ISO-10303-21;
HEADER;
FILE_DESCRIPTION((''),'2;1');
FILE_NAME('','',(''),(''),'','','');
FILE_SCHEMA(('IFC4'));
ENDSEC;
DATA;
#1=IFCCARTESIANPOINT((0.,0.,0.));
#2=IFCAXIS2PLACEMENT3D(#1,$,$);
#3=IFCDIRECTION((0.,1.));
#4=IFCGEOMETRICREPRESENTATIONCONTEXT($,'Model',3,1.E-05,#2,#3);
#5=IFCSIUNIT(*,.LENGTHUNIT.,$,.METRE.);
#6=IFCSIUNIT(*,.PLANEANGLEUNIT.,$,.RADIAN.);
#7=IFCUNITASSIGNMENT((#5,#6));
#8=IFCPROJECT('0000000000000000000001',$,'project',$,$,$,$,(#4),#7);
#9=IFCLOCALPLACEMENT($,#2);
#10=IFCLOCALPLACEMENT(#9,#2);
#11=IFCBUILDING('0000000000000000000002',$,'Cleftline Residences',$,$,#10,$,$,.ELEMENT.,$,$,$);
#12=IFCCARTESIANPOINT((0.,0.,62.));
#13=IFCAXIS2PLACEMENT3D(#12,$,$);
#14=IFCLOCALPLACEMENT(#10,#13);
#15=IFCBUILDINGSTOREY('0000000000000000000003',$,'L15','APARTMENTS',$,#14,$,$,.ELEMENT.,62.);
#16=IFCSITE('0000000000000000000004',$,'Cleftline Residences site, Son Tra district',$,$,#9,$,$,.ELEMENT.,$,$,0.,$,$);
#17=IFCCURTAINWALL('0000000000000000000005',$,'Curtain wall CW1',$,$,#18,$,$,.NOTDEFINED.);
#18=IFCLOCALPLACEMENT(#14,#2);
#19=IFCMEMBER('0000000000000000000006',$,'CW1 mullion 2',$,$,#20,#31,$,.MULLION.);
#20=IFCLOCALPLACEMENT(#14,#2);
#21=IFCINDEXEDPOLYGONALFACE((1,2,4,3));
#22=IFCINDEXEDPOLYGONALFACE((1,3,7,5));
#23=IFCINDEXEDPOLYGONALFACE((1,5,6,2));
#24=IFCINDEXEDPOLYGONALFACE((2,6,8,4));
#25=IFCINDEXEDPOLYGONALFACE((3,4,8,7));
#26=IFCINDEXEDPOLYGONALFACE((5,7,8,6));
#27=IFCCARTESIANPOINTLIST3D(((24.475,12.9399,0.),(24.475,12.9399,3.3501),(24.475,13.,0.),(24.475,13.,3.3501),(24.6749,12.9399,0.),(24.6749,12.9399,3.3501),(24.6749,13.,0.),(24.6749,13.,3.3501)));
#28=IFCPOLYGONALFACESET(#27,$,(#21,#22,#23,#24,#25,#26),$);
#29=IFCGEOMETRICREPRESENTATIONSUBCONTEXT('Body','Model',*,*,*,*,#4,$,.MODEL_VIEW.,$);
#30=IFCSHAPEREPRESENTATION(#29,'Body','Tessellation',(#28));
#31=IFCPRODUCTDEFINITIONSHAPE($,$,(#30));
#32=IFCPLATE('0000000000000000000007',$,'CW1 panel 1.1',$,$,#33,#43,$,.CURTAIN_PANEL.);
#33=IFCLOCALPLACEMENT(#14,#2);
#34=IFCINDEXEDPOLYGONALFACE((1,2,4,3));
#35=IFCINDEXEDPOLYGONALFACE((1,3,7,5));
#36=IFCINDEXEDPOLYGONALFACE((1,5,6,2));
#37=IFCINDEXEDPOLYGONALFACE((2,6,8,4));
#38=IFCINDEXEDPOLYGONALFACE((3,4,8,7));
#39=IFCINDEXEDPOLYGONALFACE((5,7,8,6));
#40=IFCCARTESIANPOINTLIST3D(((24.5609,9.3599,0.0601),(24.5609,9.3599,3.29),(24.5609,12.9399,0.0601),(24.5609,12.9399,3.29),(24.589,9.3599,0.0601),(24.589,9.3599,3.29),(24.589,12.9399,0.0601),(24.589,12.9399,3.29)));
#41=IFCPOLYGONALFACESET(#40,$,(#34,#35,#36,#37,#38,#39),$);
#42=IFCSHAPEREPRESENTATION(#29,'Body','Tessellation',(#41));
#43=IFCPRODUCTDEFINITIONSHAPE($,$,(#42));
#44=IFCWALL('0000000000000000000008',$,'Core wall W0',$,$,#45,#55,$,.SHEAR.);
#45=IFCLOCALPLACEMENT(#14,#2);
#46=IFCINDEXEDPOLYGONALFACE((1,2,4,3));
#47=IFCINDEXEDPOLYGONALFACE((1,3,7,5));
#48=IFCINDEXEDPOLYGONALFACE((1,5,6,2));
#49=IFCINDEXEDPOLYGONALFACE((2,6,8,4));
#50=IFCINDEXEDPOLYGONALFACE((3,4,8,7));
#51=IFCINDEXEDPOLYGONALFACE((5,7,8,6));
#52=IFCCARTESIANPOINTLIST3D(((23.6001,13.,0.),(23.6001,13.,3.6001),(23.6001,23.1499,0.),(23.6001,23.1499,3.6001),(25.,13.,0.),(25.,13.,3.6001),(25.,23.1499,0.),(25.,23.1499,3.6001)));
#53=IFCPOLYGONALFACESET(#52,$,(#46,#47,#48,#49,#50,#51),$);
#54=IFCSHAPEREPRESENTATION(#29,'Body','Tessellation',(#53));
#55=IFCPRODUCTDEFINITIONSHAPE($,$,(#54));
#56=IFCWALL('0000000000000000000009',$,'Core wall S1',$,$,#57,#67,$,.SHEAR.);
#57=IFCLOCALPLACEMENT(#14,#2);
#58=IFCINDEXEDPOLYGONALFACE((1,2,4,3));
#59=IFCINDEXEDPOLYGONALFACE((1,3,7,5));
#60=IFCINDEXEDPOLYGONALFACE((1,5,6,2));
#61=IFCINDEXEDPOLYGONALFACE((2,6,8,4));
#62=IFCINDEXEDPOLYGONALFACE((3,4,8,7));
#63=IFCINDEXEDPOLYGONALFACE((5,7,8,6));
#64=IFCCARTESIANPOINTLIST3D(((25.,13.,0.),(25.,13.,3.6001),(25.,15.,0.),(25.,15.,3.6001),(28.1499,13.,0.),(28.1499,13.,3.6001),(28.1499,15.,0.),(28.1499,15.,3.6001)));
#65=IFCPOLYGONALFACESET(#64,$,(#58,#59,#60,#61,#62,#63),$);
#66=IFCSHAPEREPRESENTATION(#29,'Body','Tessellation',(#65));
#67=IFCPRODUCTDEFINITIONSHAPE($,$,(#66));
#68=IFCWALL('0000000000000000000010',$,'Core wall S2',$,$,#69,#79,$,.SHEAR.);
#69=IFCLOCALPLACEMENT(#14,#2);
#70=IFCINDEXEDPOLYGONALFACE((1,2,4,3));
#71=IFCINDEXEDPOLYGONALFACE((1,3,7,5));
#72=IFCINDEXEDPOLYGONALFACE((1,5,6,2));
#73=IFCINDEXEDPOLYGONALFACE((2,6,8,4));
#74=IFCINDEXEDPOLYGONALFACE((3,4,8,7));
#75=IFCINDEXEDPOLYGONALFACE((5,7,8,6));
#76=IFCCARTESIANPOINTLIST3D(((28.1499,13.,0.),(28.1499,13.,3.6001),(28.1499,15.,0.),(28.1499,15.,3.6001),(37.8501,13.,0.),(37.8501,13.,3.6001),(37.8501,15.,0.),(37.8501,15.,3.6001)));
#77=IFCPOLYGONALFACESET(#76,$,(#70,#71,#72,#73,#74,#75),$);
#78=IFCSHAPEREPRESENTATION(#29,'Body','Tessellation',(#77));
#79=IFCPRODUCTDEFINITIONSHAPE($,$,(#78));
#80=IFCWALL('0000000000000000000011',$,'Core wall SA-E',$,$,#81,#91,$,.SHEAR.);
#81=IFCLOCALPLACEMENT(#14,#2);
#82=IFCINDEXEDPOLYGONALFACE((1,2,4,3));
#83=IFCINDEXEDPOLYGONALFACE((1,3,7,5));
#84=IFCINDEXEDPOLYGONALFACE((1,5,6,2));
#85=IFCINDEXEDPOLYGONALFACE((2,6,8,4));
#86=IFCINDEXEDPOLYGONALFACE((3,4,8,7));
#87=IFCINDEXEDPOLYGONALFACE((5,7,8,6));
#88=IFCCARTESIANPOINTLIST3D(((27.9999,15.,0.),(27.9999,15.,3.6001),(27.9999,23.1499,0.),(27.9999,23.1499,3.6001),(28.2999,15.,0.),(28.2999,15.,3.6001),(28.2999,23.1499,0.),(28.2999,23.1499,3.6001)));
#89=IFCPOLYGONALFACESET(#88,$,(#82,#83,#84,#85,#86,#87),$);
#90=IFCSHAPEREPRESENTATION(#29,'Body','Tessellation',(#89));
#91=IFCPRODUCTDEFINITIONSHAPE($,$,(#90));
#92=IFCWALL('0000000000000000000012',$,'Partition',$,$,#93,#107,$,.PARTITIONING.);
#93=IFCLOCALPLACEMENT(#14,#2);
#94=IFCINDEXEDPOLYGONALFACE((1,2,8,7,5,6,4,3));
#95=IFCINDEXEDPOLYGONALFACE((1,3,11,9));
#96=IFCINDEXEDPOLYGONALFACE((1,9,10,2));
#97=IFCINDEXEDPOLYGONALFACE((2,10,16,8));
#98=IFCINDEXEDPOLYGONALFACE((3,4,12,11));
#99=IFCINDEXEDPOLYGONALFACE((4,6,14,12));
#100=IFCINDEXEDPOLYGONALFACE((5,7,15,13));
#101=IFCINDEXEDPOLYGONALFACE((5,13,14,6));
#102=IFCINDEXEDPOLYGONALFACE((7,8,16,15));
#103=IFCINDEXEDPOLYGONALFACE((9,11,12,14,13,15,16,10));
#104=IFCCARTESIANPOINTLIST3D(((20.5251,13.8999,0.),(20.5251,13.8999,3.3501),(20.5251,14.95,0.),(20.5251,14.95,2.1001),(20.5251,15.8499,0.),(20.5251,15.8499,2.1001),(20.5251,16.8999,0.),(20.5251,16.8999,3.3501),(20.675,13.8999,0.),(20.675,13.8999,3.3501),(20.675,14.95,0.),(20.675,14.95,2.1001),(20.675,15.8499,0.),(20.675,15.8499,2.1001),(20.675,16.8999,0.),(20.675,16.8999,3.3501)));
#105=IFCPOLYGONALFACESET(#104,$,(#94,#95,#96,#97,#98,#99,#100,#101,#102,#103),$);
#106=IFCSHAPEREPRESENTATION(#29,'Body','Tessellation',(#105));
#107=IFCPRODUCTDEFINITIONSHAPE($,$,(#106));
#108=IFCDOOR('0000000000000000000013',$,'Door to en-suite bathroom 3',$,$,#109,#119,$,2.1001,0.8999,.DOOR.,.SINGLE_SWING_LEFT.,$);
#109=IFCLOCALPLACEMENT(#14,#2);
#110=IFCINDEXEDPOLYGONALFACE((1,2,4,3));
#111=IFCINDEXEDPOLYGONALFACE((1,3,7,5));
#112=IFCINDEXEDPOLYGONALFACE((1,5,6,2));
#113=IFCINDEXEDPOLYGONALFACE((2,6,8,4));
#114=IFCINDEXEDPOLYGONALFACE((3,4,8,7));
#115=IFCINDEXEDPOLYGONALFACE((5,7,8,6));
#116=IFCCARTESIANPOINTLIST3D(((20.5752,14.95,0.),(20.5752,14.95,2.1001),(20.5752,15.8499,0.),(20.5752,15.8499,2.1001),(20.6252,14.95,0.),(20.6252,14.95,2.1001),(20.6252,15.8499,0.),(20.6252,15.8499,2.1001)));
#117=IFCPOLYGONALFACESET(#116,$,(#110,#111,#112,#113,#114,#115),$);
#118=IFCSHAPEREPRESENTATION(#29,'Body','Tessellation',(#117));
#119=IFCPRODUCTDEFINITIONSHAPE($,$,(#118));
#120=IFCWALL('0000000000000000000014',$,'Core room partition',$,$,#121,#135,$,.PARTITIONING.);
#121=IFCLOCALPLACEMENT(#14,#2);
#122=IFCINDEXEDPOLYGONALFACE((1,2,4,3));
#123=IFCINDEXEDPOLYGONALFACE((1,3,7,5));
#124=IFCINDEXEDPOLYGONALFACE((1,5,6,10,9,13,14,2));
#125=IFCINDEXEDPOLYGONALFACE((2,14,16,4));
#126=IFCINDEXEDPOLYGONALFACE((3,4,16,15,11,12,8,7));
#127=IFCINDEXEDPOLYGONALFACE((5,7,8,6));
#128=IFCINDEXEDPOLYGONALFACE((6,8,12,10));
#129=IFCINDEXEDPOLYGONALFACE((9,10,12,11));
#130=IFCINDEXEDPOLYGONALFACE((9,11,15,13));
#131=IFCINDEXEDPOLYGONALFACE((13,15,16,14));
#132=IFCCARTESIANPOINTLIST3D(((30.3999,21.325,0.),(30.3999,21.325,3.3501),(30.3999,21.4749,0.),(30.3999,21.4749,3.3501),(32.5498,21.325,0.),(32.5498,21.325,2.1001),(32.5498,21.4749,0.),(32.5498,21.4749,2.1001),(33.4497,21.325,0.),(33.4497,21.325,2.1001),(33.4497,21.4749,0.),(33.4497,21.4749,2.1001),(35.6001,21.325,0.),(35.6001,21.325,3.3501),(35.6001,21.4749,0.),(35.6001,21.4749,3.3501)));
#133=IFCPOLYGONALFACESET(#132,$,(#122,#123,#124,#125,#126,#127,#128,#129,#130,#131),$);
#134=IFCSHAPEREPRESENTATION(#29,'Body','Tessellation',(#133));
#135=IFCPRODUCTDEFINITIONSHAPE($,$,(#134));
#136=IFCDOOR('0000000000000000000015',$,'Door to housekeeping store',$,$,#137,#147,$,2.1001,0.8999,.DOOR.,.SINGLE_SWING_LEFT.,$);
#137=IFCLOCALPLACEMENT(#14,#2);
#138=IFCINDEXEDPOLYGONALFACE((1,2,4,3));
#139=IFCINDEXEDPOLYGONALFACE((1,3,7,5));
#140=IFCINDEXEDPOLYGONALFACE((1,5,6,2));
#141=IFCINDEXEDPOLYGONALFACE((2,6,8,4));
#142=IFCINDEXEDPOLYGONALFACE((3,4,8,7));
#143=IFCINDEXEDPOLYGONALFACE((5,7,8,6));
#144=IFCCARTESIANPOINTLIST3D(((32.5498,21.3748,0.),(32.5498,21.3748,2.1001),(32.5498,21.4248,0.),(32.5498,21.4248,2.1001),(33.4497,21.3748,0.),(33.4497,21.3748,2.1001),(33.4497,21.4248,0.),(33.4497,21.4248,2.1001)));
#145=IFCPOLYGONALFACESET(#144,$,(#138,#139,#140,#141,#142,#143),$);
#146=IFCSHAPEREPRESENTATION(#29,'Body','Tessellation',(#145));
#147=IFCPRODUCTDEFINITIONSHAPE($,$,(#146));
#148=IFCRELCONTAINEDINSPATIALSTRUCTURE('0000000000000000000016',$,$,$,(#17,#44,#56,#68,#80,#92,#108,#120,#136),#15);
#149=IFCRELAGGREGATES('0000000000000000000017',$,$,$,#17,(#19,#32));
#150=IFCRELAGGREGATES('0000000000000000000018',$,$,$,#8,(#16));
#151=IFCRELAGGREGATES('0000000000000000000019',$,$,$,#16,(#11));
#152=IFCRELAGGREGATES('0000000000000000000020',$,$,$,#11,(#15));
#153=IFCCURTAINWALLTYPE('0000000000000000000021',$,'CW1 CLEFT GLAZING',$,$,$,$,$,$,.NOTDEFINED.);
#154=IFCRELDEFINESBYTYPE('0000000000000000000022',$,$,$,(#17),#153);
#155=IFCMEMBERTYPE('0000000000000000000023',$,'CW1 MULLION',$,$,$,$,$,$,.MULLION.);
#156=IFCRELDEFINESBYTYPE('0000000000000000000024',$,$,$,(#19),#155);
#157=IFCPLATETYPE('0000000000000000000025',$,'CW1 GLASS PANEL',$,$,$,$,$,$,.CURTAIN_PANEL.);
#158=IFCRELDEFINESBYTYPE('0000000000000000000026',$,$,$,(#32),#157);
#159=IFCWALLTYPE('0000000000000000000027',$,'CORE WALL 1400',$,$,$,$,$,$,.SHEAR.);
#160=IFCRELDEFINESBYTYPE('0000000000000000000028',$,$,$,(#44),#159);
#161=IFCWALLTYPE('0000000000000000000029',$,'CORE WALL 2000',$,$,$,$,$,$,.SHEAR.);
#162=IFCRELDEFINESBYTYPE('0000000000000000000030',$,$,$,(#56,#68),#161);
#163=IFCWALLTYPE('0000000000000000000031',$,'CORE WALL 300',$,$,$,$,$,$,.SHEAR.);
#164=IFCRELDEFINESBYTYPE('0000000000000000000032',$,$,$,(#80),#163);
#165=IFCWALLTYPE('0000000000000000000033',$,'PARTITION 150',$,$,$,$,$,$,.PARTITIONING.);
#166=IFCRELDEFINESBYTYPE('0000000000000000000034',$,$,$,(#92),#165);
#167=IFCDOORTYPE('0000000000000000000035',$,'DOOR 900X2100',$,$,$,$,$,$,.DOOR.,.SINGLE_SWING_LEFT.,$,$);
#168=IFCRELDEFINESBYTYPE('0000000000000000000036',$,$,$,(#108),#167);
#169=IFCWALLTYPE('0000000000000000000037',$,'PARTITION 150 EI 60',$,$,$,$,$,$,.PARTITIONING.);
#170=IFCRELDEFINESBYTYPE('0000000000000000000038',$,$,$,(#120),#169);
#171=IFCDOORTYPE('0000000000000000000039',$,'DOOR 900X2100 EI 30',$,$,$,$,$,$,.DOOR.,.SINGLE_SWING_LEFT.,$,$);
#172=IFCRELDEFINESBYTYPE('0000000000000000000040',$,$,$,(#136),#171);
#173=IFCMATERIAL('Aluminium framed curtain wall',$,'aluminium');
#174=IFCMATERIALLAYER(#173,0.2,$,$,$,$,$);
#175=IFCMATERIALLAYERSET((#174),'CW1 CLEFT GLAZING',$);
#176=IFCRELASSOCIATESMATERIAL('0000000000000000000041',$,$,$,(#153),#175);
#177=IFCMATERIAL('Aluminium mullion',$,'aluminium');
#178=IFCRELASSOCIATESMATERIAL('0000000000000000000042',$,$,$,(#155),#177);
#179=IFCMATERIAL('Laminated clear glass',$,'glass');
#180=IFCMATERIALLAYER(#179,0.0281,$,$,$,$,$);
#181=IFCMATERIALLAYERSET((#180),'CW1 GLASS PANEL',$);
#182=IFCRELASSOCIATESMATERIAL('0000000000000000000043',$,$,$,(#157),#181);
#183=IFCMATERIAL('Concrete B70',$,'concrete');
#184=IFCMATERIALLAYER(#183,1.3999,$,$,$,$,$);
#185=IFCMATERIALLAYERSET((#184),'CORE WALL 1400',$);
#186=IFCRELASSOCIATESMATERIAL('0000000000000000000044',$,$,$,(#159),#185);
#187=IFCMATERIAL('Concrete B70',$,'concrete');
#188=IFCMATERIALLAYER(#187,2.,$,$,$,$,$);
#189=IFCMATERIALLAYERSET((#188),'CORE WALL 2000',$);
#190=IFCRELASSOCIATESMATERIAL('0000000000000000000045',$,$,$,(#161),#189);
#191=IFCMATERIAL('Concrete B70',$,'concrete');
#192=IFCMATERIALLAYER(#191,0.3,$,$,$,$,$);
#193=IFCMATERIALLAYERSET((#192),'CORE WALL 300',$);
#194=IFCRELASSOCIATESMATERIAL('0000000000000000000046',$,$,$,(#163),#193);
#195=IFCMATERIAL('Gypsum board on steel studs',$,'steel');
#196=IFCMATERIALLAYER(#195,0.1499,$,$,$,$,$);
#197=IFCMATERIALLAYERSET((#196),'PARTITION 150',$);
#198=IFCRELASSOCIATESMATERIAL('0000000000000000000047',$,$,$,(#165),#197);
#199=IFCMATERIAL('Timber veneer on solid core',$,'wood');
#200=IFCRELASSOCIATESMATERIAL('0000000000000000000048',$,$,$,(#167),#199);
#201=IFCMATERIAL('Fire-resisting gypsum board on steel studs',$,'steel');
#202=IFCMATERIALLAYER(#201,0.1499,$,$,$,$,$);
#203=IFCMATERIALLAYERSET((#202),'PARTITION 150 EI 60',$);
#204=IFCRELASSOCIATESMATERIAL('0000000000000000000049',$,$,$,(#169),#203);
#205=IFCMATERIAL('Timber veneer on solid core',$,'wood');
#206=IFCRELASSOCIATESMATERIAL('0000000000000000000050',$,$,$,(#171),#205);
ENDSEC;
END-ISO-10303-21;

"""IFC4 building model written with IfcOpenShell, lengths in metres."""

from ifc_helpers import new_model, si_unit, direction, frame, frame_2d, origin, origin_2d, place, context, subcontext, project, spatial, rectangle, extrude, material, layer, layer_set, material_profile, profile_set, type_object, element, fill, aggregate, save


model = new_model("IFC4")

# Units and contexts
model_context = context("Model", 3, precision=1e-05, world=origin(), true_north=direction((0.0, 1.0)))
body_context = subcontext(model_context, "Body", "Model", "MODEL_VIEW")
ifc_project = project(units=[si_unit("LENGTHUNIT", "METRE"), si_unit("PLANEANGLEUNIT", "RADIAN")], contexts=[model_context])

# Site, building, storey
site_placement = place(None, origin())
site = spatial("IfcSite", under=ifc_project, at=site_placement, Name="Cleftline Residences site, Son Tra district", CompositionType="ELEMENT", RefElevation=0.0)
building_placement = place(site_placement, origin())
building = spatial("IfcBuilding", under=site, at=building_placement, Name="Cleftline Residences", CompositionType="ELEMENT")
storey_placement = place(building_placement, frame((0.0, 0.0, 62.0)))
storey = spatial("IfcBuildingStorey", under=building, at=storey_placement, Name="L15", Description="APARTMENTS", CompositionType="ELEMENT", Elevation=62.0)

# Curtain wall, member, plate
ifc_material_1 = material(Name="Aluminium framed curtain wall", Category="aluminium")
ifc_layer_1 = layer(ifc_material_1, 0.2)
ifc_layer_set_1 = layer_set([ifc_layer_1], Name="CW1 CLEFT GLAZING")
curtain_wall_type = type_object("IfcCurtainWallType", Name="CW1 CLEFT GLAZING", PredefinedType="NOTDEFINED", material=ifc_layer_set_1)
curtain_wall_placement = place(storey_placement, origin())
curtain_wall = element("IfcCurtainWall", 1, at=curtain_wall_placement, inside=storey, type_object=curtain_wall_type, Name="Curtain wall CW1", PredefinedType="NOTDEFINED")
ifc_material_2 = material(Name="Aluminium mullion", Category="aluminium")
ifc_material_profile = material_profile(ifc_material_2, rectangle(XDim=0.2, YDim=0.0601, at=origin_2d()))
ifc_profile_set = profile_set([ifc_material_profile], Name="Aluminium mullion")
member_type = type_object("IfcMemberType", Name="CW1 MULLION", PredefinedType="MULLION", material=ifc_profile_set)
member_placement = place(storey_placement, frame((24.575, 12.97, 0.0), z_axis=(0.0, 0.0, 1.0), x_axis=(-1.0, 0.0, 0.0)))
member = element("IfcMember", 2, at=member_placement, type_object=member_type, Name="CW1 mullion 2", PredefinedType="MULLION", context=body_context, shape_type="SweptSolid", body=[
    extrude(rectangle(XDim=0.2, YDim=0.0601, at=origin_2d()), origin(), (0.0, 0.0, 1.0), 3.3501),
])
ifc_material_3 = material(Name="Laminated clear glass", Category="glass")
ifc_layer_2 = layer(ifc_material_3, 0.0281)
ifc_layer_set_2 = layer_set([ifc_layer_2], Name="CW1 GLASS PANEL")
plate_type = type_object("IfcPlateType", Name="CW1 GLASS PANEL", PredefinedType="CURTAIN_PANEL", material=ifc_layer_set_2)
plate_placement = place(storey_placement, frame((24.575, 11.1499, 0.0601), z_axis=(0.0, 0.0, 1.0), x_axis=(0.0, 1.0, 0.0)))
plate = element("IfcPlate", 3, at=plate_placement, type_object=plate_type, Name="CW1 panel 1.1", PredefinedType="CURTAIN_PANEL", context=body_context, shape_type="SweptSolid", body=[
    extrude(rectangle(XDim=3.5801, YDim=0.0281, at=origin_2d()), origin(), (0.0, 0.0, 1.0), 3.23),
])
aggregate(curtain_wall, [member, plate])

# Walls
ifc_material_4 = material(Name="Concrete B70", Category="concrete")
ifc_layer_3 = layer(ifc_material_4, 1.3999)
ifc_layer_set_3 = layer_set([ifc_layer_3], Name="CORE WALL 1400")
wall_type_1 = type_object("IfcWallType", Name="CORE WALL 1400", PredefinedType="SHEAR", material=ifc_layer_set_3)
wall_1_placement = place(storey_placement, frame((24.3, 13.0, 0.0), z_axis=(0.0, 0.0, 1.0), x_axis=(0.0, 1.0, 0.0)))
element("IfcWall", 4, at=wall_1_placement, inside=storey, type_object=wall_type_1, Name="Core wall W0", PredefinedType="SHEAR", context=body_context, shape_type="SweptSolid", body=[
    extrude(rectangle(XDim=10.1499, YDim=1.3999, at=frame_2d((5.075, 0.0))), origin(), (0.0, 0.0, 1.0), 3.6001),
])
ifc_material_5 = material(Name="Concrete B70", Category="concrete")
ifc_layer_4 = layer(ifc_material_5, 2.0)
ifc_layer_set_4 = layer_set([ifc_layer_4], Name="CORE WALL 2000")
wall_type_2 = type_object("IfcWallType", Name="CORE WALL 2000", PredefinedType="SHEAR", material=ifc_layer_set_4)
wall_2_placement = place(storey_placement, frame((25.0, 14.0, 0.0), z_axis=(0.0, 0.0, 1.0), x_axis=(1.0, 0.0, 0.0)))
element("IfcWall", 5, at=wall_2_placement, inside=storey, type_object=wall_type_2, Name="Core wall S1", PredefinedType="SHEAR", context=body_context, shape_type="SweptSolid", body=[
    extrude(rectangle(XDim=3.1499, YDim=2.0, at=frame_2d((1.575, 0.0))), origin(), (0.0, 0.0, 1.0), 3.6001),
])
wall_3_placement = place(storey_placement, frame((28.1499, 14.0, 0.0), z_axis=(0.0, 0.0, 1.0), x_axis=(1.0, 0.0, 0.0)))
element("IfcWall", 6, at=wall_3_placement, inside=storey, type_object=wall_type_2, Name="Core wall S2", PredefinedType="SHEAR", context=body_context, shape_type="SweptSolid", body=[
    extrude(rectangle(XDim=9.7002, YDim=2.0, at=frame_2d((4.8501, 0.0))), origin(), (0.0, 0.0, 1.0), 3.6001),
])
ifc_material_6 = material(Name="Concrete B70", Category="concrete")
ifc_layer_5 = layer(ifc_material_6, 0.3)
ifc_layer_set_5 = layer_set([ifc_layer_5], Name="CORE WALL 300")
wall_type_3 = type_object("IfcWallType", Name="CORE WALL 300", PredefinedType="SHEAR", material=ifc_layer_set_5)
wall_4_placement = place(storey_placement, frame((28.1499, 15.0, 0.0), z_axis=(0.0, 0.0, 1.0), x_axis=(0.0, 1.0, 0.0)))
element("IfcWall", 7, at=wall_4_placement, inside=storey, type_object=wall_type_3, Name="Core wall SA-E", PredefinedType="SHEAR", context=body_context, shape_type="SweptSolid", body=[
    extrude(rectangle(XDim=8.1499, YDim=0.3, at=frame_2d((4.075, 0.0))), origin(), (0.0, 0.0, 1.0), 3.6001),
])

# Walls, openings, doors
ifc_material_7 = material(Name="Gypsum board on steel studs", Category="steel")
ifc_layer_6 = layer(ifc_material_7, 0.1499)
ifc_layer_set_6 = layer_set([ifc_layer_6], Name="PARTITION 150")
wall_type_4 = type_object("IfcWallType", Name="PARTITION 150", PredefinedType="PARTITIONING", material=ifc_layer_set_6)
wall_5_placement = place(storey_placement, frame((20.6001, 13.8999, 0.0), z_axis=(0.0, 0.0, 1.0), x_axis=(0.0, 1.0, 0.0)))
wall_5 = element("IfcWall", 8, at=wall_5_placement, inside=storey, type_object=wall_type_4, Name="Partition", PredefinedType="PARTITIONING", context=body_context, shape_type="SweptSolid", body=[
    extrude(rectangle(XDim=3.0, YDim=0.1499, at=frame_2d((1.5, 0.0))), origin(), (0.0, 0.0, 1.0), 3.3501),
])
opening_1_placement = place(wall_5_placement, frame((1.05, 0.0, 0.0)))
opening_1 = element("IfcOpeningElement", 9, at=opening_1_placement, cuts=wall_5, PredefinedType="OPENING", context=body_context, shape_type="SweptSolid", body=[
    extrude(rectangle(XDim=0.8999, YDim=2.1001, at=frame_2d((0.45, 1.05))), frame((0.0, 0.085, 0.0), z_axis=(0.0, -1.0, 0.0), x_axis=(1.0, 0.0, 0.0)), (0.0, 0.0, 1.0), 0.1699),
])
ifc_material_8 = material(Name="Timber veneer on solid core", Category="wood")
door_type_1 = type_object("IfcDoorType", Name="DOOR 900X2100", OperationType="SINGLE_SWING_LEFT", PredefinedType="DOOR", material=ifc_material_8)
door_1_placement = place(opening_1_placement, origin())
door_1 = element("IfcDoor", 10, at=door_1_placement, inside=storey, type_object=door_type_1, Name="Door to en-suite bathroom 3", OperationType="SINGLE_SWING_LEFT", OverallHeight=2.1001, OverallWidth=0.8999, PredefinedType="DOOR", context=body_context, shape_type="SweptSolid", body=[
    extrude(rectangle(XDim=0.8999, YDim=2.1001, at=frame_2d((0.45, 1.05))), frame((0.0, 0.0249, 0.0), z_axis=(0.0, -1.0, 0.0), x_axis=(1.0, 0.0, 0.0)), (0.0, 0.0, 1.0), 0.05),
])
fill(opening_1, door_1)
ifc_material_9 = material(Name="Fire-resisting gypsum board on steel studs", Category="steel")
ifc_layer_7 = layer(ifc_material_9, 0.1499)
ifc_layer_set_7 = layer_set([ifc_layer_7], Name="PARTITION 150 EI 60")
wall_type_5 = type_object("IfcWallType", Name="PARTITION 150 EI 60", PredefinedType="PARTITIONING", material=ifc_layer_set_7)
wall_6_placement = place(storey_placement, frame((30.3999, 21.3999, 0.0), z_axis=(0.0, 0.0, 1.0), x_axis=(1.0, 0.0, 0.0)))
wall_6 = element("IfcWall", 11, at=wall_6_placement, inside=storey, type_object=wall_type_5, Name="Core room partition", PredefinedType="PARTITIONING", context=body_context, shape_type="SweptSolid", body=[
    extrude(rectangle(XDim=5.2002, YDim=0.1499, at=frame_2d((2.6001, 0.0))), origin(), (0.0, 0.0, 1.0), 3.3501),
])
opening_2_placement = place(wall_6_placement, frame((2.1499, 0.0, 0.0)))
opening_2 = element("IfcOpeningElement", 12, at=opening_2_placement, cuts=wall_6, PredefinedType="OPENING", context=body_context, shape_type="SweptSolid", body=[
    extrude(rectangle(XDim=0.8999, YDim=2.1001, at=frame_2d((0.45, 1.05))), frame((0.0, 0.085, 0.0), z_axis=(0.0, -1.0, 0.0), x_axis=(1.0, 0.0, 0.0)), (0.0, 0.0, 1.0), 0.1699),
])
ifc_material_10 = material(Name="Timber veneer on solid core", Category="wood")
door_type_2 = type_object("IfcDoorType", Name="DOOR 900X2100 EI 30", OperationType="SINGLE_SWING_LEFT", PredefinedType="DOOR", material=ifc_material_10)
door_2_placement = place(opening_2_placement, origin())
door_2 = element("IfcDoor", 13, at=door_2_placement, inside=storey, type_object=door_type_2, Name="Door to housekeeping store", OperationType="SINGLE_SWING_LEFT", OverallHeight=2.1001, OverallWidth=0.8999, PredefinedType="DOOR", context=body_context, shape_type="SweptSolid", body=[
    extrude(rectangle(XDim=0.8999, YDim=2.1001, at=frame_2d((0.45, 1.05))), frame((0.0, 0.0249, 0.0), z_axis=(0.0, -1.0, 0.0), x_axis=(1.0, 0.0, 0.0)), (0.0, 0.0, 1.0), 0.05),
])
fill(opening_2, door_2)

save(model, "model.ifc")
